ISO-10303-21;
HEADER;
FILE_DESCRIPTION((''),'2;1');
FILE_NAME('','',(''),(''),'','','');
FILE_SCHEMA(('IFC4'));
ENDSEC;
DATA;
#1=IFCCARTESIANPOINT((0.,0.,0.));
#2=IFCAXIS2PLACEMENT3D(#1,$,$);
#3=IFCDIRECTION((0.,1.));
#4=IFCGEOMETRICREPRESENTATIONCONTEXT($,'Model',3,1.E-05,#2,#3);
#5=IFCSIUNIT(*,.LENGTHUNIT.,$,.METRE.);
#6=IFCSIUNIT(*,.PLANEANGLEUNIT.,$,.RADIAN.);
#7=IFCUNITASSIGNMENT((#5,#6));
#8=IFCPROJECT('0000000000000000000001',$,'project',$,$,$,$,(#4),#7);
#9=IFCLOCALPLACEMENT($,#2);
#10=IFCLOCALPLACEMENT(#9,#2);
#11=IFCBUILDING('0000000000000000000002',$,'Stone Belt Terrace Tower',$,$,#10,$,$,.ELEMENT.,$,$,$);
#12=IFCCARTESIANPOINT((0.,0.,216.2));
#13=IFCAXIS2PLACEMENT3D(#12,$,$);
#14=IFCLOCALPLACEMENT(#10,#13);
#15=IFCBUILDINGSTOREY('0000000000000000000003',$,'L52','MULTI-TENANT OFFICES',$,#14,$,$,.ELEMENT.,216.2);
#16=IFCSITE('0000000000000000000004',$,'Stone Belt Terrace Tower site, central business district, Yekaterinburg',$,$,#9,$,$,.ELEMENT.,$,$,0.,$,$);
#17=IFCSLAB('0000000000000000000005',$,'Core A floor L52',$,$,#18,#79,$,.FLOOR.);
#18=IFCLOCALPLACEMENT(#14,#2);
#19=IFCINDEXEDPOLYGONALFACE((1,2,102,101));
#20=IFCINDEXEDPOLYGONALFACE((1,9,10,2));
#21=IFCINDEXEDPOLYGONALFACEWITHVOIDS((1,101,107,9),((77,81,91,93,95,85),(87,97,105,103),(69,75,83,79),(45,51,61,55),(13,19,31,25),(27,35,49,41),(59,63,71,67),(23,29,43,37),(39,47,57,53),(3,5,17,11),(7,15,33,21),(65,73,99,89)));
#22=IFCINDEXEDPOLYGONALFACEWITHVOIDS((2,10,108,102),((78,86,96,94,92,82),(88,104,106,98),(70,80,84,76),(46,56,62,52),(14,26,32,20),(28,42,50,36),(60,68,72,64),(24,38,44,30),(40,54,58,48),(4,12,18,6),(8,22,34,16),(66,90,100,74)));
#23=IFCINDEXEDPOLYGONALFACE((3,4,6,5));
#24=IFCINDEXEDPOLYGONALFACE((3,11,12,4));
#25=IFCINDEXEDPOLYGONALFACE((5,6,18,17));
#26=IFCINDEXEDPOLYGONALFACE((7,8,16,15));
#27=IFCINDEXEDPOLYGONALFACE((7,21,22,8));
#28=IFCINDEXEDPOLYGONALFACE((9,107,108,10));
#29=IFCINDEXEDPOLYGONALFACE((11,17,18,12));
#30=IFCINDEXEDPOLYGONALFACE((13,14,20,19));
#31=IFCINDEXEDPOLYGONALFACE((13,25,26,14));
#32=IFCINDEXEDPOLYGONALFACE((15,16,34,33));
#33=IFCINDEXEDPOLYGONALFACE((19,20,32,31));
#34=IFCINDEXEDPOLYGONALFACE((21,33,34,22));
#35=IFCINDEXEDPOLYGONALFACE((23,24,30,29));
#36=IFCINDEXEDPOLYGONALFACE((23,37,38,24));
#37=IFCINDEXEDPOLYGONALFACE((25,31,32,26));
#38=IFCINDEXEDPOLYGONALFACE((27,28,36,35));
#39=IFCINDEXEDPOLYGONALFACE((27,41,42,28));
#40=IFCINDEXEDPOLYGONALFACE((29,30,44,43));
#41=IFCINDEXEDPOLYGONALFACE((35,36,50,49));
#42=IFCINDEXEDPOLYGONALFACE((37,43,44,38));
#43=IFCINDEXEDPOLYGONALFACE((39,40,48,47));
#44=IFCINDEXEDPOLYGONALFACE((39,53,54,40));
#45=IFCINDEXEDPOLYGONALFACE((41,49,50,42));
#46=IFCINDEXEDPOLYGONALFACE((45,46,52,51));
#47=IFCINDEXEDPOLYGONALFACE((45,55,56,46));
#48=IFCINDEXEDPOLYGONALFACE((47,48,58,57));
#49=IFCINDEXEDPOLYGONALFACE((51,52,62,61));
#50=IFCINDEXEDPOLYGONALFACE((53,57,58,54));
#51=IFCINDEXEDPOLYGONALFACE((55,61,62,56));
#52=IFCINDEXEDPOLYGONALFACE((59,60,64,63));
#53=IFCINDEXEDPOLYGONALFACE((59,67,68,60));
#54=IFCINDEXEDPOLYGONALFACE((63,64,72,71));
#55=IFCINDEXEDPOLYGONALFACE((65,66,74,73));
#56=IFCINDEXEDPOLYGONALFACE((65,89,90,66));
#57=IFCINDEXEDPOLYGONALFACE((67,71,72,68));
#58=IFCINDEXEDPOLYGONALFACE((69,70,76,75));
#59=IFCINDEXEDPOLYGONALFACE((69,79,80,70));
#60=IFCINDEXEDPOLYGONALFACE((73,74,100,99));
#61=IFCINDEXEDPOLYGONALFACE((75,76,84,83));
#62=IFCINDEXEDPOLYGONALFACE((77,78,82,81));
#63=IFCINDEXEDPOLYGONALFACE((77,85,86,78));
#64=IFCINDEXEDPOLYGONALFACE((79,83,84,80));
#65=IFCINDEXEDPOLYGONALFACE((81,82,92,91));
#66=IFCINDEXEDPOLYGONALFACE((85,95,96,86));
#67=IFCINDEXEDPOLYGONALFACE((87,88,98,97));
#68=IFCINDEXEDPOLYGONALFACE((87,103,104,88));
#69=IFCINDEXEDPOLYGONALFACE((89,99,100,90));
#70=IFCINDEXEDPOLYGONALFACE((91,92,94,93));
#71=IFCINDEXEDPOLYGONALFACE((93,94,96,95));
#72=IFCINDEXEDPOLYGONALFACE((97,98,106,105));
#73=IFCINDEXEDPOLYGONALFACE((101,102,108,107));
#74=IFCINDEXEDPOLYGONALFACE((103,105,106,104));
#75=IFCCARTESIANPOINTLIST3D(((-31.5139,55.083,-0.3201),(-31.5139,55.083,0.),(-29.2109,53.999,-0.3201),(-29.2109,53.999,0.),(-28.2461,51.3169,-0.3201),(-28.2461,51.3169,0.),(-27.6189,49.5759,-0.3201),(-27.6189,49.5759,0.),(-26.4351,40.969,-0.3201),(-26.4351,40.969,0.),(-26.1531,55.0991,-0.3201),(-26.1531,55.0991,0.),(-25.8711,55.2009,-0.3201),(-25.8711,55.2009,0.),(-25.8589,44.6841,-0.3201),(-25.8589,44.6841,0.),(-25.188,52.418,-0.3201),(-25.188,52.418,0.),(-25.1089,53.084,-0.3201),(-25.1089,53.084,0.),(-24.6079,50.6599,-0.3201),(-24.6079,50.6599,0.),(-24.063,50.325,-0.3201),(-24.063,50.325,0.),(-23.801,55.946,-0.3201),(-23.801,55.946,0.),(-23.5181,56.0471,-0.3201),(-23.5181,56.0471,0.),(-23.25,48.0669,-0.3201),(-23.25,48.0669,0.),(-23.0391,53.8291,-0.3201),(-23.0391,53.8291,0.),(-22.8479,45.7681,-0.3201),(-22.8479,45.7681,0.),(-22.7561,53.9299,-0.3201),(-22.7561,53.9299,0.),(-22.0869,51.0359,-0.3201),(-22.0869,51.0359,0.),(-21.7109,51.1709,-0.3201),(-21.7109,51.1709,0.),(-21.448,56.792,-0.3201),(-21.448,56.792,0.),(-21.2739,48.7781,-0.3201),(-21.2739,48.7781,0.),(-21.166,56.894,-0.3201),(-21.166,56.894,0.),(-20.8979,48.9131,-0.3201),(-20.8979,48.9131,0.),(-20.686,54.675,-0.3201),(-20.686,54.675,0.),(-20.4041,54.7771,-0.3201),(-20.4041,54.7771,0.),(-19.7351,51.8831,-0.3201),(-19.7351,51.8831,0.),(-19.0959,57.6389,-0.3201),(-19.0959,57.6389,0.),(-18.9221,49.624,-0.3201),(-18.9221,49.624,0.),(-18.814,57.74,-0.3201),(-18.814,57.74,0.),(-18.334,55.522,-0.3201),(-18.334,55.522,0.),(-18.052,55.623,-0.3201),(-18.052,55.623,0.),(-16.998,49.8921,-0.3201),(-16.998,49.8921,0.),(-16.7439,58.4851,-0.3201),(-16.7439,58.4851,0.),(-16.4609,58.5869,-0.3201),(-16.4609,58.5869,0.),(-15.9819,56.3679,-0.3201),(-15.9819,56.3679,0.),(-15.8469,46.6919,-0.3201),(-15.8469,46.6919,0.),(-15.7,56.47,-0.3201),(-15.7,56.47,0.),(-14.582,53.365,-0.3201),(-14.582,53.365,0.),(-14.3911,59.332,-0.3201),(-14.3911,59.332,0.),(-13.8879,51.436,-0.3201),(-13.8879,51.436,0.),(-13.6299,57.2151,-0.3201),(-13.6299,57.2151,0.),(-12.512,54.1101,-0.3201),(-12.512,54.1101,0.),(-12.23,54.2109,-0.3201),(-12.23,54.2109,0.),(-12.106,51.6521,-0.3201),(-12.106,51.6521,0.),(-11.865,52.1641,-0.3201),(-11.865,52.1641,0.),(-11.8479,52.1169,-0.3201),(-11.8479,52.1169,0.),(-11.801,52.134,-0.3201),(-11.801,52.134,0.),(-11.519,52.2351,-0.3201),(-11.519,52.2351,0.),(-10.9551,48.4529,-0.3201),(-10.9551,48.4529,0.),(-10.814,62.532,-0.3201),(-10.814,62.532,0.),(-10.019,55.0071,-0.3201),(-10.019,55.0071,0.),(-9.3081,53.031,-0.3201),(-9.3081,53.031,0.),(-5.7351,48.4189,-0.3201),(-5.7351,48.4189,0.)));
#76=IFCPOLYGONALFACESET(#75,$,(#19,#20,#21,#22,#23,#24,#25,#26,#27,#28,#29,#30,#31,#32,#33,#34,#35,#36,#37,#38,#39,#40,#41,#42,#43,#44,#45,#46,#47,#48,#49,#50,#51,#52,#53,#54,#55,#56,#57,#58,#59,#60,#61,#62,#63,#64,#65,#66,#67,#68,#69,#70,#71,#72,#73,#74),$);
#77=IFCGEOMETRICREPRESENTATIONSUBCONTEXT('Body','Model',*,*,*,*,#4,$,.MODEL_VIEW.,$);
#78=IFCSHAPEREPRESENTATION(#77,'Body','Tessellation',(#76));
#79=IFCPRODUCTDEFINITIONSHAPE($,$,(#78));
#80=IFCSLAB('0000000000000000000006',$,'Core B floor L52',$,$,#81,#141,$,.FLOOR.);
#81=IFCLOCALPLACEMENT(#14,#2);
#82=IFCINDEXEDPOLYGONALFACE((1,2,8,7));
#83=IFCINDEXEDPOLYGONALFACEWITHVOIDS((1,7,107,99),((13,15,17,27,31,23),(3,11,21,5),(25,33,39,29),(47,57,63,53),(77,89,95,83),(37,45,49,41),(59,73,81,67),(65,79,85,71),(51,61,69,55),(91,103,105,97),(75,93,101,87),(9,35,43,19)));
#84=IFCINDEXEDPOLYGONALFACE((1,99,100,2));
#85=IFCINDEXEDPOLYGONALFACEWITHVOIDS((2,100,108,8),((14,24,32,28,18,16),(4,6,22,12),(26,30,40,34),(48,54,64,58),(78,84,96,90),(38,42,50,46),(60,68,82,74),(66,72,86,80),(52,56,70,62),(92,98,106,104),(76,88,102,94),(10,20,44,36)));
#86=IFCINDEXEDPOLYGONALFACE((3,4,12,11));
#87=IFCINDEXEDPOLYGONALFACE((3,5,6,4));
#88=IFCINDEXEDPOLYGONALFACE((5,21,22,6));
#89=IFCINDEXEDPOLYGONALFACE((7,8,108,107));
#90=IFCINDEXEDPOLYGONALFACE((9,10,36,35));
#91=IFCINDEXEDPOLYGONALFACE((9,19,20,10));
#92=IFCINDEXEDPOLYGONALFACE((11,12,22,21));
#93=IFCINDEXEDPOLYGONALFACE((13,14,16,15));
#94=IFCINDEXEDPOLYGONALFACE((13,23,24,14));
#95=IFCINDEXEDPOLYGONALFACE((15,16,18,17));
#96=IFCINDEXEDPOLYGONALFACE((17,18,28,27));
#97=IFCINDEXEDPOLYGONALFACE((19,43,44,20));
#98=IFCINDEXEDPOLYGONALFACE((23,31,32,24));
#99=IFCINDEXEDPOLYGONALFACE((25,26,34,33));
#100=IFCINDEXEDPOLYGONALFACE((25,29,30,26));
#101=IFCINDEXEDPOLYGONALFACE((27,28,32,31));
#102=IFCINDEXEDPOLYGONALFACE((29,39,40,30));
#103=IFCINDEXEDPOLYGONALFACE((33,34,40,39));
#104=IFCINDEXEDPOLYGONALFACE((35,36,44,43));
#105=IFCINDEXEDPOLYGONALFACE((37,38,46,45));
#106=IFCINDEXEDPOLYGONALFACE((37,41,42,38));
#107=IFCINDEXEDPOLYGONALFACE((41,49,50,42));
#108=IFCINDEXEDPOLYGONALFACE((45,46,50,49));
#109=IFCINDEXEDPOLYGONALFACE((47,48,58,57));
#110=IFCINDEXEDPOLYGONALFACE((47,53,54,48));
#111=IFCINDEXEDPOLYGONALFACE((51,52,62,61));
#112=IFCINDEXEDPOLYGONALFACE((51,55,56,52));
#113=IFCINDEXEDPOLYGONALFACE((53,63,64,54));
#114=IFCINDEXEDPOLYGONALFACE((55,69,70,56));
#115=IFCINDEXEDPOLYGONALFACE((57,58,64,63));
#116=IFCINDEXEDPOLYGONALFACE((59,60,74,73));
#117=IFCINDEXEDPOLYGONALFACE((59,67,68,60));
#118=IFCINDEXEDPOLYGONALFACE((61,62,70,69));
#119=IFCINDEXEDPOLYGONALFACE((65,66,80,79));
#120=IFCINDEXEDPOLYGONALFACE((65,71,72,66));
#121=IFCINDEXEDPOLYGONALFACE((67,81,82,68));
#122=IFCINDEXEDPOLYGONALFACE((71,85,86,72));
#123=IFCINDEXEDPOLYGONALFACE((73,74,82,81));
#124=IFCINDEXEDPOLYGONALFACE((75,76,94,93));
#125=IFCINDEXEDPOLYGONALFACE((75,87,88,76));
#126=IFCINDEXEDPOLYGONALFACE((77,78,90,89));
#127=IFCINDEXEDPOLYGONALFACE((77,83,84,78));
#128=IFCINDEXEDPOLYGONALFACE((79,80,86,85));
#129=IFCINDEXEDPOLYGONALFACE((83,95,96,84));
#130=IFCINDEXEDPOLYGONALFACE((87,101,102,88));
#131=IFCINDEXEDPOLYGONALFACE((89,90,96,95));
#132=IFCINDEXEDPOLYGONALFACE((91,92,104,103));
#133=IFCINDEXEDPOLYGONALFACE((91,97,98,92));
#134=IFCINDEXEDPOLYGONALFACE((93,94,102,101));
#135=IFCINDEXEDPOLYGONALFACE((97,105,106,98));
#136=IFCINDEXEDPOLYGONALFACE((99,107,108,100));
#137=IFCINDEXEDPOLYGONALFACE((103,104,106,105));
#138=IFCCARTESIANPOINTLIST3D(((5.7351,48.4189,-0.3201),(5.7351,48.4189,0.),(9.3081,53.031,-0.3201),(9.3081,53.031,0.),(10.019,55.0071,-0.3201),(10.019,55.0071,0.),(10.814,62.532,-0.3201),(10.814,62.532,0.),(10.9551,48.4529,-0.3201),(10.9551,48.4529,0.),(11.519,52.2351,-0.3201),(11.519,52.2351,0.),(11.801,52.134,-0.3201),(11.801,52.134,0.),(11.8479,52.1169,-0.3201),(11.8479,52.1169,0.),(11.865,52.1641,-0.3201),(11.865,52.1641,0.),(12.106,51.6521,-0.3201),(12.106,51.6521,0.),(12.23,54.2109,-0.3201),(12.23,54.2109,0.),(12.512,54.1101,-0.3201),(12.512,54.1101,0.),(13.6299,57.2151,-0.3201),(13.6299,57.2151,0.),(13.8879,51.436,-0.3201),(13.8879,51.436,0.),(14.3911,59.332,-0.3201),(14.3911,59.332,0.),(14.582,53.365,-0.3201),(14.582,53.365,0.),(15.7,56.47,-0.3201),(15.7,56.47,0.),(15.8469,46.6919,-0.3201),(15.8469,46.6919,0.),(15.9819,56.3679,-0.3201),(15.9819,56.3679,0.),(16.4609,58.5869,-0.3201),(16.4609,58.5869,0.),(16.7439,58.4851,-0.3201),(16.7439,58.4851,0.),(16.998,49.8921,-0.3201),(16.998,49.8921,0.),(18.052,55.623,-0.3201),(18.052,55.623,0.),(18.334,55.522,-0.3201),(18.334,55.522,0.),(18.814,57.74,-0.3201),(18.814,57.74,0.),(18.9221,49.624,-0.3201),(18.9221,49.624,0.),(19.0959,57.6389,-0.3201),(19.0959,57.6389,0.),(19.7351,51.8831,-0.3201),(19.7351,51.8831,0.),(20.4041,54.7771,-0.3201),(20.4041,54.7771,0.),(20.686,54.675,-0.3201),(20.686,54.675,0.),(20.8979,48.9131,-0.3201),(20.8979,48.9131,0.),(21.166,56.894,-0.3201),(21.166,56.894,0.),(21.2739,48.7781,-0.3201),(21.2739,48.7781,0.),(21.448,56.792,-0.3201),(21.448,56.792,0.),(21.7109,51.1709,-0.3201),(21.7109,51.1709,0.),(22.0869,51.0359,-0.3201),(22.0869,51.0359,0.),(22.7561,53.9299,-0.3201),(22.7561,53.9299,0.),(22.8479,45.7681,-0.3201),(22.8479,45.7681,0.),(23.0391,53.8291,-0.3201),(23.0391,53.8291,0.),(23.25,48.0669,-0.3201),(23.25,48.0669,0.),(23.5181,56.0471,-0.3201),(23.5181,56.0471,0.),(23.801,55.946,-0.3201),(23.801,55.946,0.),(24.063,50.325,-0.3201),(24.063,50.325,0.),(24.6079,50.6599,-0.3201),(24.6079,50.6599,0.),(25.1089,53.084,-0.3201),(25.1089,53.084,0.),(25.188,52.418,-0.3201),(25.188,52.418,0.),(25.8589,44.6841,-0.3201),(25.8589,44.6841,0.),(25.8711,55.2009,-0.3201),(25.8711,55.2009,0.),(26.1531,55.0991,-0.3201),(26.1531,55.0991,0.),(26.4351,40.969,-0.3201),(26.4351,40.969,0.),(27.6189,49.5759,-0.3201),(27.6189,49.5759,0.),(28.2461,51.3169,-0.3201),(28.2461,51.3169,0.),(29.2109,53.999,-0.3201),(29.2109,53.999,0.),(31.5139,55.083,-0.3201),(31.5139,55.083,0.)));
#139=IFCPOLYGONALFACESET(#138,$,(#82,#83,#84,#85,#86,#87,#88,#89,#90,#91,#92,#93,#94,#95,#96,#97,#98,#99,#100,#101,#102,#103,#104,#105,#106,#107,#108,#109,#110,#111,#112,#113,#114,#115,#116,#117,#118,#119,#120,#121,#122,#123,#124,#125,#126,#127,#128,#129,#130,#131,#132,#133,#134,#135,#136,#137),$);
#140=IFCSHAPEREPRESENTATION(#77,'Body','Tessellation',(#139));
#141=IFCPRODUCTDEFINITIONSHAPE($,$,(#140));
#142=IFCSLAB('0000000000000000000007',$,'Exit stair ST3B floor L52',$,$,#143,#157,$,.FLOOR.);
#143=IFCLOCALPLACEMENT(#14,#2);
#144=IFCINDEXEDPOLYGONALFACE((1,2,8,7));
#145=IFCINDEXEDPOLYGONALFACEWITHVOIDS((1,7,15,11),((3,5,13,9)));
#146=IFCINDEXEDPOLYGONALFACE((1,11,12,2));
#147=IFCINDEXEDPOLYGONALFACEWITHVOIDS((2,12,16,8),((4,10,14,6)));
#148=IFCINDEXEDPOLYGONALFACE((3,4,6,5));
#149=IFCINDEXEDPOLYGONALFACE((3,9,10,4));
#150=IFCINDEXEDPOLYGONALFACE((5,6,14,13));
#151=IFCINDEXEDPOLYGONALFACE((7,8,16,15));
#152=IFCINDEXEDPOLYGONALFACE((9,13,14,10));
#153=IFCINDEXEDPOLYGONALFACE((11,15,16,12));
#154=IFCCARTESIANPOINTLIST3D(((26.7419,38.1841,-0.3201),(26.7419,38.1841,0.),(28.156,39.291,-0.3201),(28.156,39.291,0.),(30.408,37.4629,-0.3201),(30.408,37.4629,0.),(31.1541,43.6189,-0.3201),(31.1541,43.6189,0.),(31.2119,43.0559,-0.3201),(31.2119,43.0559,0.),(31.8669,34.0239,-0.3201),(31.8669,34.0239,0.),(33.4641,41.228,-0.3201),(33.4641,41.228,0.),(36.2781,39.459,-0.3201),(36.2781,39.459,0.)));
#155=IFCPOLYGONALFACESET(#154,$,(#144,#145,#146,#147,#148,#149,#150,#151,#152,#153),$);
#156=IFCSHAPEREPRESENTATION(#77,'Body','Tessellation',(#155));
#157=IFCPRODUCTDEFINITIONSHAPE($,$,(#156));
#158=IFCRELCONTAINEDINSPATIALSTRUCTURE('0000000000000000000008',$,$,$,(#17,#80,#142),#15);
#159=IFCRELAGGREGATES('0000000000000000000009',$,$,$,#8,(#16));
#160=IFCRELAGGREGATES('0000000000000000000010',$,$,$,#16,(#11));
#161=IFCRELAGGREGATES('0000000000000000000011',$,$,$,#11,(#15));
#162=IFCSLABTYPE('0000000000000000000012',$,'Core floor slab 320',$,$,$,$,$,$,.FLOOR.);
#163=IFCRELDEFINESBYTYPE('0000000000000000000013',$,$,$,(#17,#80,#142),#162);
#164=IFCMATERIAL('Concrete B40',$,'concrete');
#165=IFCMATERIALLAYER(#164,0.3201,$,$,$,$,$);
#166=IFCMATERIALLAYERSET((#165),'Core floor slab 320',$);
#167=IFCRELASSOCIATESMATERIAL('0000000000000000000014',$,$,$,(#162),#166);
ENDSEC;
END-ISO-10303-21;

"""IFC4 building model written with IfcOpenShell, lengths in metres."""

from ifc_helpers import new_model, si_unit, direction, frame, origin, place, context, subcontext, project, spatial, polyline, outline, extrude, material, layer, layer_set, type_object, element, save


model = new_model("IFC4")

# Units and contexts
model_context = context("Model", 3, precision=1e-05, world=origin(), true_north=direction((0.0, 1.0)))
body_context = subcontext(model_context, "Body", "Model", "MODEL_VIEW")
ifc_project = project(units=[si_unit("LENGTHUNIT", "METRE"), si_unit("PLANEANGLEUNIT", "RADIAN")], contexts=[model_context])

# Site, building, storey
site_placement = place(None, origin())
site = spatial("IfcSite", under=ifc_project, at=site_placement, Name="Stone Belt Terrace Tower site, central business district, Yekaterinburg", CompositionType="ELEMENT", RefElevation=0.0)
building_placement = place(site_placement, origin())
building = spatial("IfcBuilding", under=site, at=building_placement, Name="Stone Belt Terrace Tower", CompositionType="ELEMENT")
storey_placement = place(building_placement, frame((0.0, 0.0, 216.2)))
storey = spatial("IfcBuildingStorey", under=building, at=storey_placement, Name="L52", Description="MULTI-TENANT OFFICES", CompositionType="ELEMENT", Elevation=216.2)

# Slabs
ifc_material_1 = material(Name="Concrete B40", Category="concrete")
ifc_layer_1 = layer(ifc_material_1, 0.3201)
ifc_layer_set_1 = layer_set([ifc_layer_1], Name="Core floor slab 320")
slab_type_1 = type_object("IfcSlabType", Name="Core floor slab 320", PredefinedType="FLOOR", material=ifc_layer_set_1)
slab_1_placement = place(storey_placement, frame((0.0, 0.0, -0.3201)))
element("IfcSlab", 1, at=slab_1_placement, inside=storey, type_object=slab_type_1, Name="Core A floor L52", PredefinedType="FLOOR", context=body_context, shape_type="SweptSolid", body=[
    extrude(outline(polyline([(-26.4351, 40.969), (-5.7351, 48.4189), (-10.814, 62.532), (-31.5139, 55.083), (-26.4351, 40.969)]), holes=[polyline([(-24.6079, 50.6599), (-22.8479, 45.7681), (-25.8589, 44.6841), (-27.6189, 49.5759), (-24.6079, 50.6599)]), polyline([(-23.25, 48.0669), (-24.063, 50.325), (-22.0869, 51.0359), (-21.2739, 48.7781), (-23.25, 48.0669)]), polyline([(-20.8979, 48.9131), (-21.7109, 51.1709), (-19.7351, 51.8831), (-18.9221, 49.624), (-20.8979, 48.9131)]), polyline([(-28.2461, 51.3169), (-29.2109, 53.999), (-26.1531, 55.0991), (-25.188, 52.418), (-28.2461, 51.3169)]), polyline([(-23.801, 55.946), (-23.0391, 53.8291), (-25.1089, 53.084), (-25.8711, 55.2009), (-23.801, 55.946)]), polyline([(-21.448, 56.792), (-20.686, 54.675), (-22.7561, 53.9299), (-23.5181, 56.0471), (-21.448, 56.792)]), polyline([(-10.9551, 48.4529), (-15.8469, 46.6919), (-16.998, 49.8921), (-12.106, 51.6521), (-10.9551, 48.4529)]), polyline([(-11.8479, 52.1169), (-11.865, 52.1641), (-13.8879, 51.436), (-14.582, 53.365), (-12.512, 54.1101), (-11.801, 52.134), (-11.8479, 52.1169)]), polyline([(-9.3081, 53.031), (-11.519, 52.2351), (-12.23, 54.2109), (-10.019, 55.0071), (-9.3081, 53.031)]), polyline([(-21.166, 56.894), (-19.0959, 57.6389), (-18.334, 55.522), (-20.4041, 54.7771), (-21.166, 56.894)]), polyline([(-16.7439, 58.4851), (-15.9819, 56.3679), (-18.052, 55.623), (-18.814, 57.74), (-16.7439, 58.4851)]), polyline([(-14.3911, 59.332), (-13.6299, 57.2151), (-15.7, 56.47), (-16.4609, 58.5869), (-14.3911, 59.332)])]), origin(), (0.0, 0.0, 1.0), 0.3201),
])
slab_2_placement = place(storey_placement, frame((0.0, 0.0, -0.3201)))
element("IfcSlab", 2, at=slab_2_placement, inside=storey, type_object=slab_type_1, Name="Core B floor L52", PredefinedType="FLOOR", context=body_context, shape_type="SweptSolid", body=[
    extrude(outline(polyline([(26.4351, 40.969), (31.5139, 55.083), (10.814, 62.532), (5.7351, 48.4189), (26.4351, 40.969)]), holes=[polyline([(12.106, 51.6521), (16.998, 49.8921), (15.8469, 46.6919), (10.9551, 48.4529), (12.106, 51.6521)]), polyline([(12.512, 54.1101), (14.582, 53.365), (13.8879, 51.436), (11.865, 52.1641), (11.8479, 52.1169), (11.801, 52.134), (12.512, 54.1101)]), polyline([(9.3081, 53.031), (10.019, 55.0071), (12.23, 54.2109), (11.519, 52.2351), (9.3081, 53.031)]), polyline([(18.334, 55.522), (19.0959, 57.6389), (21.166, 56.894), (20.4041, 54.7771), (18.334, 55.522)]), polyline([(16.7439, 58.4851), (18.814, 57.74), (18.052, 55.623), (15.9819, 56.3679), (16.7439, 58.4851)]), polyline([(14.3911, 59.332), (16.4609, 58.5869), (15.7, 56.47), (13.6299, 57.2151), (14.3911, 59.332)]), polyline([(27.6189, 49.5759), (25.8589, 44.6841), (22.8479, 45.7681), (24.6079, 50.6599), (27.6189, 49.5759)]), polyline([(23.25, 48.0669), (21.2739, 48.7781), (22.0869, 51.0359), (24.063, 50.325), (23.25, 48.0669)]), polyline([(20.8979, 48.9131), (18.9221, 49.624), (19.7351, 51.8831), (21.7109, 51.1709), (20.8979, 48.9131)]), polyline([(26.1531, 55.0991), (29.2109, 53.999), (28.2461, 51.3169), (25.188, 52.418), (26.1531, 55.0991)]), polyline([(23.801, 55.946), (25.8711, 55.2009), (25.1089, 53.084), (23.0391, 53.8291), (23.801, 55.946)]), polyline([(21.448, 56.792), (23.5181, 56.0471), (22.7561, 53.9299), (20.686, 54.675), (21.448, 56.792)])]), origin(), (0.0, 0.0, 1.0), 0.3201),
])
slab_3_placement = place(storey_placement, frame((0.0, 0.0, -0.3201)))
element("IfcSlab", 3, at=slab_3_placement, inside=storey, type_object=slab_type_1, Name="Exit stair ST3B floor L52", PredefinedType="FLOOR", context=body_context, shape_type="SweptSolid", body=[
    extrude(outline(polyline([(26.7419, 38.1841), (31.8669, 34.0239), (36.2781, 39.459), (31.1541, 43.6189), (26.7419, 38.1841)]), holes=[polyline([(30.408, 37.4629), (28.156, 39.291), (31.2119, 43.0559), (33.4641, 41.228), (30.408, 37.4629)])]), origin(), (0.0, 0.0, 1.0), 0.3201),
])

save(model, "model.ifc")
